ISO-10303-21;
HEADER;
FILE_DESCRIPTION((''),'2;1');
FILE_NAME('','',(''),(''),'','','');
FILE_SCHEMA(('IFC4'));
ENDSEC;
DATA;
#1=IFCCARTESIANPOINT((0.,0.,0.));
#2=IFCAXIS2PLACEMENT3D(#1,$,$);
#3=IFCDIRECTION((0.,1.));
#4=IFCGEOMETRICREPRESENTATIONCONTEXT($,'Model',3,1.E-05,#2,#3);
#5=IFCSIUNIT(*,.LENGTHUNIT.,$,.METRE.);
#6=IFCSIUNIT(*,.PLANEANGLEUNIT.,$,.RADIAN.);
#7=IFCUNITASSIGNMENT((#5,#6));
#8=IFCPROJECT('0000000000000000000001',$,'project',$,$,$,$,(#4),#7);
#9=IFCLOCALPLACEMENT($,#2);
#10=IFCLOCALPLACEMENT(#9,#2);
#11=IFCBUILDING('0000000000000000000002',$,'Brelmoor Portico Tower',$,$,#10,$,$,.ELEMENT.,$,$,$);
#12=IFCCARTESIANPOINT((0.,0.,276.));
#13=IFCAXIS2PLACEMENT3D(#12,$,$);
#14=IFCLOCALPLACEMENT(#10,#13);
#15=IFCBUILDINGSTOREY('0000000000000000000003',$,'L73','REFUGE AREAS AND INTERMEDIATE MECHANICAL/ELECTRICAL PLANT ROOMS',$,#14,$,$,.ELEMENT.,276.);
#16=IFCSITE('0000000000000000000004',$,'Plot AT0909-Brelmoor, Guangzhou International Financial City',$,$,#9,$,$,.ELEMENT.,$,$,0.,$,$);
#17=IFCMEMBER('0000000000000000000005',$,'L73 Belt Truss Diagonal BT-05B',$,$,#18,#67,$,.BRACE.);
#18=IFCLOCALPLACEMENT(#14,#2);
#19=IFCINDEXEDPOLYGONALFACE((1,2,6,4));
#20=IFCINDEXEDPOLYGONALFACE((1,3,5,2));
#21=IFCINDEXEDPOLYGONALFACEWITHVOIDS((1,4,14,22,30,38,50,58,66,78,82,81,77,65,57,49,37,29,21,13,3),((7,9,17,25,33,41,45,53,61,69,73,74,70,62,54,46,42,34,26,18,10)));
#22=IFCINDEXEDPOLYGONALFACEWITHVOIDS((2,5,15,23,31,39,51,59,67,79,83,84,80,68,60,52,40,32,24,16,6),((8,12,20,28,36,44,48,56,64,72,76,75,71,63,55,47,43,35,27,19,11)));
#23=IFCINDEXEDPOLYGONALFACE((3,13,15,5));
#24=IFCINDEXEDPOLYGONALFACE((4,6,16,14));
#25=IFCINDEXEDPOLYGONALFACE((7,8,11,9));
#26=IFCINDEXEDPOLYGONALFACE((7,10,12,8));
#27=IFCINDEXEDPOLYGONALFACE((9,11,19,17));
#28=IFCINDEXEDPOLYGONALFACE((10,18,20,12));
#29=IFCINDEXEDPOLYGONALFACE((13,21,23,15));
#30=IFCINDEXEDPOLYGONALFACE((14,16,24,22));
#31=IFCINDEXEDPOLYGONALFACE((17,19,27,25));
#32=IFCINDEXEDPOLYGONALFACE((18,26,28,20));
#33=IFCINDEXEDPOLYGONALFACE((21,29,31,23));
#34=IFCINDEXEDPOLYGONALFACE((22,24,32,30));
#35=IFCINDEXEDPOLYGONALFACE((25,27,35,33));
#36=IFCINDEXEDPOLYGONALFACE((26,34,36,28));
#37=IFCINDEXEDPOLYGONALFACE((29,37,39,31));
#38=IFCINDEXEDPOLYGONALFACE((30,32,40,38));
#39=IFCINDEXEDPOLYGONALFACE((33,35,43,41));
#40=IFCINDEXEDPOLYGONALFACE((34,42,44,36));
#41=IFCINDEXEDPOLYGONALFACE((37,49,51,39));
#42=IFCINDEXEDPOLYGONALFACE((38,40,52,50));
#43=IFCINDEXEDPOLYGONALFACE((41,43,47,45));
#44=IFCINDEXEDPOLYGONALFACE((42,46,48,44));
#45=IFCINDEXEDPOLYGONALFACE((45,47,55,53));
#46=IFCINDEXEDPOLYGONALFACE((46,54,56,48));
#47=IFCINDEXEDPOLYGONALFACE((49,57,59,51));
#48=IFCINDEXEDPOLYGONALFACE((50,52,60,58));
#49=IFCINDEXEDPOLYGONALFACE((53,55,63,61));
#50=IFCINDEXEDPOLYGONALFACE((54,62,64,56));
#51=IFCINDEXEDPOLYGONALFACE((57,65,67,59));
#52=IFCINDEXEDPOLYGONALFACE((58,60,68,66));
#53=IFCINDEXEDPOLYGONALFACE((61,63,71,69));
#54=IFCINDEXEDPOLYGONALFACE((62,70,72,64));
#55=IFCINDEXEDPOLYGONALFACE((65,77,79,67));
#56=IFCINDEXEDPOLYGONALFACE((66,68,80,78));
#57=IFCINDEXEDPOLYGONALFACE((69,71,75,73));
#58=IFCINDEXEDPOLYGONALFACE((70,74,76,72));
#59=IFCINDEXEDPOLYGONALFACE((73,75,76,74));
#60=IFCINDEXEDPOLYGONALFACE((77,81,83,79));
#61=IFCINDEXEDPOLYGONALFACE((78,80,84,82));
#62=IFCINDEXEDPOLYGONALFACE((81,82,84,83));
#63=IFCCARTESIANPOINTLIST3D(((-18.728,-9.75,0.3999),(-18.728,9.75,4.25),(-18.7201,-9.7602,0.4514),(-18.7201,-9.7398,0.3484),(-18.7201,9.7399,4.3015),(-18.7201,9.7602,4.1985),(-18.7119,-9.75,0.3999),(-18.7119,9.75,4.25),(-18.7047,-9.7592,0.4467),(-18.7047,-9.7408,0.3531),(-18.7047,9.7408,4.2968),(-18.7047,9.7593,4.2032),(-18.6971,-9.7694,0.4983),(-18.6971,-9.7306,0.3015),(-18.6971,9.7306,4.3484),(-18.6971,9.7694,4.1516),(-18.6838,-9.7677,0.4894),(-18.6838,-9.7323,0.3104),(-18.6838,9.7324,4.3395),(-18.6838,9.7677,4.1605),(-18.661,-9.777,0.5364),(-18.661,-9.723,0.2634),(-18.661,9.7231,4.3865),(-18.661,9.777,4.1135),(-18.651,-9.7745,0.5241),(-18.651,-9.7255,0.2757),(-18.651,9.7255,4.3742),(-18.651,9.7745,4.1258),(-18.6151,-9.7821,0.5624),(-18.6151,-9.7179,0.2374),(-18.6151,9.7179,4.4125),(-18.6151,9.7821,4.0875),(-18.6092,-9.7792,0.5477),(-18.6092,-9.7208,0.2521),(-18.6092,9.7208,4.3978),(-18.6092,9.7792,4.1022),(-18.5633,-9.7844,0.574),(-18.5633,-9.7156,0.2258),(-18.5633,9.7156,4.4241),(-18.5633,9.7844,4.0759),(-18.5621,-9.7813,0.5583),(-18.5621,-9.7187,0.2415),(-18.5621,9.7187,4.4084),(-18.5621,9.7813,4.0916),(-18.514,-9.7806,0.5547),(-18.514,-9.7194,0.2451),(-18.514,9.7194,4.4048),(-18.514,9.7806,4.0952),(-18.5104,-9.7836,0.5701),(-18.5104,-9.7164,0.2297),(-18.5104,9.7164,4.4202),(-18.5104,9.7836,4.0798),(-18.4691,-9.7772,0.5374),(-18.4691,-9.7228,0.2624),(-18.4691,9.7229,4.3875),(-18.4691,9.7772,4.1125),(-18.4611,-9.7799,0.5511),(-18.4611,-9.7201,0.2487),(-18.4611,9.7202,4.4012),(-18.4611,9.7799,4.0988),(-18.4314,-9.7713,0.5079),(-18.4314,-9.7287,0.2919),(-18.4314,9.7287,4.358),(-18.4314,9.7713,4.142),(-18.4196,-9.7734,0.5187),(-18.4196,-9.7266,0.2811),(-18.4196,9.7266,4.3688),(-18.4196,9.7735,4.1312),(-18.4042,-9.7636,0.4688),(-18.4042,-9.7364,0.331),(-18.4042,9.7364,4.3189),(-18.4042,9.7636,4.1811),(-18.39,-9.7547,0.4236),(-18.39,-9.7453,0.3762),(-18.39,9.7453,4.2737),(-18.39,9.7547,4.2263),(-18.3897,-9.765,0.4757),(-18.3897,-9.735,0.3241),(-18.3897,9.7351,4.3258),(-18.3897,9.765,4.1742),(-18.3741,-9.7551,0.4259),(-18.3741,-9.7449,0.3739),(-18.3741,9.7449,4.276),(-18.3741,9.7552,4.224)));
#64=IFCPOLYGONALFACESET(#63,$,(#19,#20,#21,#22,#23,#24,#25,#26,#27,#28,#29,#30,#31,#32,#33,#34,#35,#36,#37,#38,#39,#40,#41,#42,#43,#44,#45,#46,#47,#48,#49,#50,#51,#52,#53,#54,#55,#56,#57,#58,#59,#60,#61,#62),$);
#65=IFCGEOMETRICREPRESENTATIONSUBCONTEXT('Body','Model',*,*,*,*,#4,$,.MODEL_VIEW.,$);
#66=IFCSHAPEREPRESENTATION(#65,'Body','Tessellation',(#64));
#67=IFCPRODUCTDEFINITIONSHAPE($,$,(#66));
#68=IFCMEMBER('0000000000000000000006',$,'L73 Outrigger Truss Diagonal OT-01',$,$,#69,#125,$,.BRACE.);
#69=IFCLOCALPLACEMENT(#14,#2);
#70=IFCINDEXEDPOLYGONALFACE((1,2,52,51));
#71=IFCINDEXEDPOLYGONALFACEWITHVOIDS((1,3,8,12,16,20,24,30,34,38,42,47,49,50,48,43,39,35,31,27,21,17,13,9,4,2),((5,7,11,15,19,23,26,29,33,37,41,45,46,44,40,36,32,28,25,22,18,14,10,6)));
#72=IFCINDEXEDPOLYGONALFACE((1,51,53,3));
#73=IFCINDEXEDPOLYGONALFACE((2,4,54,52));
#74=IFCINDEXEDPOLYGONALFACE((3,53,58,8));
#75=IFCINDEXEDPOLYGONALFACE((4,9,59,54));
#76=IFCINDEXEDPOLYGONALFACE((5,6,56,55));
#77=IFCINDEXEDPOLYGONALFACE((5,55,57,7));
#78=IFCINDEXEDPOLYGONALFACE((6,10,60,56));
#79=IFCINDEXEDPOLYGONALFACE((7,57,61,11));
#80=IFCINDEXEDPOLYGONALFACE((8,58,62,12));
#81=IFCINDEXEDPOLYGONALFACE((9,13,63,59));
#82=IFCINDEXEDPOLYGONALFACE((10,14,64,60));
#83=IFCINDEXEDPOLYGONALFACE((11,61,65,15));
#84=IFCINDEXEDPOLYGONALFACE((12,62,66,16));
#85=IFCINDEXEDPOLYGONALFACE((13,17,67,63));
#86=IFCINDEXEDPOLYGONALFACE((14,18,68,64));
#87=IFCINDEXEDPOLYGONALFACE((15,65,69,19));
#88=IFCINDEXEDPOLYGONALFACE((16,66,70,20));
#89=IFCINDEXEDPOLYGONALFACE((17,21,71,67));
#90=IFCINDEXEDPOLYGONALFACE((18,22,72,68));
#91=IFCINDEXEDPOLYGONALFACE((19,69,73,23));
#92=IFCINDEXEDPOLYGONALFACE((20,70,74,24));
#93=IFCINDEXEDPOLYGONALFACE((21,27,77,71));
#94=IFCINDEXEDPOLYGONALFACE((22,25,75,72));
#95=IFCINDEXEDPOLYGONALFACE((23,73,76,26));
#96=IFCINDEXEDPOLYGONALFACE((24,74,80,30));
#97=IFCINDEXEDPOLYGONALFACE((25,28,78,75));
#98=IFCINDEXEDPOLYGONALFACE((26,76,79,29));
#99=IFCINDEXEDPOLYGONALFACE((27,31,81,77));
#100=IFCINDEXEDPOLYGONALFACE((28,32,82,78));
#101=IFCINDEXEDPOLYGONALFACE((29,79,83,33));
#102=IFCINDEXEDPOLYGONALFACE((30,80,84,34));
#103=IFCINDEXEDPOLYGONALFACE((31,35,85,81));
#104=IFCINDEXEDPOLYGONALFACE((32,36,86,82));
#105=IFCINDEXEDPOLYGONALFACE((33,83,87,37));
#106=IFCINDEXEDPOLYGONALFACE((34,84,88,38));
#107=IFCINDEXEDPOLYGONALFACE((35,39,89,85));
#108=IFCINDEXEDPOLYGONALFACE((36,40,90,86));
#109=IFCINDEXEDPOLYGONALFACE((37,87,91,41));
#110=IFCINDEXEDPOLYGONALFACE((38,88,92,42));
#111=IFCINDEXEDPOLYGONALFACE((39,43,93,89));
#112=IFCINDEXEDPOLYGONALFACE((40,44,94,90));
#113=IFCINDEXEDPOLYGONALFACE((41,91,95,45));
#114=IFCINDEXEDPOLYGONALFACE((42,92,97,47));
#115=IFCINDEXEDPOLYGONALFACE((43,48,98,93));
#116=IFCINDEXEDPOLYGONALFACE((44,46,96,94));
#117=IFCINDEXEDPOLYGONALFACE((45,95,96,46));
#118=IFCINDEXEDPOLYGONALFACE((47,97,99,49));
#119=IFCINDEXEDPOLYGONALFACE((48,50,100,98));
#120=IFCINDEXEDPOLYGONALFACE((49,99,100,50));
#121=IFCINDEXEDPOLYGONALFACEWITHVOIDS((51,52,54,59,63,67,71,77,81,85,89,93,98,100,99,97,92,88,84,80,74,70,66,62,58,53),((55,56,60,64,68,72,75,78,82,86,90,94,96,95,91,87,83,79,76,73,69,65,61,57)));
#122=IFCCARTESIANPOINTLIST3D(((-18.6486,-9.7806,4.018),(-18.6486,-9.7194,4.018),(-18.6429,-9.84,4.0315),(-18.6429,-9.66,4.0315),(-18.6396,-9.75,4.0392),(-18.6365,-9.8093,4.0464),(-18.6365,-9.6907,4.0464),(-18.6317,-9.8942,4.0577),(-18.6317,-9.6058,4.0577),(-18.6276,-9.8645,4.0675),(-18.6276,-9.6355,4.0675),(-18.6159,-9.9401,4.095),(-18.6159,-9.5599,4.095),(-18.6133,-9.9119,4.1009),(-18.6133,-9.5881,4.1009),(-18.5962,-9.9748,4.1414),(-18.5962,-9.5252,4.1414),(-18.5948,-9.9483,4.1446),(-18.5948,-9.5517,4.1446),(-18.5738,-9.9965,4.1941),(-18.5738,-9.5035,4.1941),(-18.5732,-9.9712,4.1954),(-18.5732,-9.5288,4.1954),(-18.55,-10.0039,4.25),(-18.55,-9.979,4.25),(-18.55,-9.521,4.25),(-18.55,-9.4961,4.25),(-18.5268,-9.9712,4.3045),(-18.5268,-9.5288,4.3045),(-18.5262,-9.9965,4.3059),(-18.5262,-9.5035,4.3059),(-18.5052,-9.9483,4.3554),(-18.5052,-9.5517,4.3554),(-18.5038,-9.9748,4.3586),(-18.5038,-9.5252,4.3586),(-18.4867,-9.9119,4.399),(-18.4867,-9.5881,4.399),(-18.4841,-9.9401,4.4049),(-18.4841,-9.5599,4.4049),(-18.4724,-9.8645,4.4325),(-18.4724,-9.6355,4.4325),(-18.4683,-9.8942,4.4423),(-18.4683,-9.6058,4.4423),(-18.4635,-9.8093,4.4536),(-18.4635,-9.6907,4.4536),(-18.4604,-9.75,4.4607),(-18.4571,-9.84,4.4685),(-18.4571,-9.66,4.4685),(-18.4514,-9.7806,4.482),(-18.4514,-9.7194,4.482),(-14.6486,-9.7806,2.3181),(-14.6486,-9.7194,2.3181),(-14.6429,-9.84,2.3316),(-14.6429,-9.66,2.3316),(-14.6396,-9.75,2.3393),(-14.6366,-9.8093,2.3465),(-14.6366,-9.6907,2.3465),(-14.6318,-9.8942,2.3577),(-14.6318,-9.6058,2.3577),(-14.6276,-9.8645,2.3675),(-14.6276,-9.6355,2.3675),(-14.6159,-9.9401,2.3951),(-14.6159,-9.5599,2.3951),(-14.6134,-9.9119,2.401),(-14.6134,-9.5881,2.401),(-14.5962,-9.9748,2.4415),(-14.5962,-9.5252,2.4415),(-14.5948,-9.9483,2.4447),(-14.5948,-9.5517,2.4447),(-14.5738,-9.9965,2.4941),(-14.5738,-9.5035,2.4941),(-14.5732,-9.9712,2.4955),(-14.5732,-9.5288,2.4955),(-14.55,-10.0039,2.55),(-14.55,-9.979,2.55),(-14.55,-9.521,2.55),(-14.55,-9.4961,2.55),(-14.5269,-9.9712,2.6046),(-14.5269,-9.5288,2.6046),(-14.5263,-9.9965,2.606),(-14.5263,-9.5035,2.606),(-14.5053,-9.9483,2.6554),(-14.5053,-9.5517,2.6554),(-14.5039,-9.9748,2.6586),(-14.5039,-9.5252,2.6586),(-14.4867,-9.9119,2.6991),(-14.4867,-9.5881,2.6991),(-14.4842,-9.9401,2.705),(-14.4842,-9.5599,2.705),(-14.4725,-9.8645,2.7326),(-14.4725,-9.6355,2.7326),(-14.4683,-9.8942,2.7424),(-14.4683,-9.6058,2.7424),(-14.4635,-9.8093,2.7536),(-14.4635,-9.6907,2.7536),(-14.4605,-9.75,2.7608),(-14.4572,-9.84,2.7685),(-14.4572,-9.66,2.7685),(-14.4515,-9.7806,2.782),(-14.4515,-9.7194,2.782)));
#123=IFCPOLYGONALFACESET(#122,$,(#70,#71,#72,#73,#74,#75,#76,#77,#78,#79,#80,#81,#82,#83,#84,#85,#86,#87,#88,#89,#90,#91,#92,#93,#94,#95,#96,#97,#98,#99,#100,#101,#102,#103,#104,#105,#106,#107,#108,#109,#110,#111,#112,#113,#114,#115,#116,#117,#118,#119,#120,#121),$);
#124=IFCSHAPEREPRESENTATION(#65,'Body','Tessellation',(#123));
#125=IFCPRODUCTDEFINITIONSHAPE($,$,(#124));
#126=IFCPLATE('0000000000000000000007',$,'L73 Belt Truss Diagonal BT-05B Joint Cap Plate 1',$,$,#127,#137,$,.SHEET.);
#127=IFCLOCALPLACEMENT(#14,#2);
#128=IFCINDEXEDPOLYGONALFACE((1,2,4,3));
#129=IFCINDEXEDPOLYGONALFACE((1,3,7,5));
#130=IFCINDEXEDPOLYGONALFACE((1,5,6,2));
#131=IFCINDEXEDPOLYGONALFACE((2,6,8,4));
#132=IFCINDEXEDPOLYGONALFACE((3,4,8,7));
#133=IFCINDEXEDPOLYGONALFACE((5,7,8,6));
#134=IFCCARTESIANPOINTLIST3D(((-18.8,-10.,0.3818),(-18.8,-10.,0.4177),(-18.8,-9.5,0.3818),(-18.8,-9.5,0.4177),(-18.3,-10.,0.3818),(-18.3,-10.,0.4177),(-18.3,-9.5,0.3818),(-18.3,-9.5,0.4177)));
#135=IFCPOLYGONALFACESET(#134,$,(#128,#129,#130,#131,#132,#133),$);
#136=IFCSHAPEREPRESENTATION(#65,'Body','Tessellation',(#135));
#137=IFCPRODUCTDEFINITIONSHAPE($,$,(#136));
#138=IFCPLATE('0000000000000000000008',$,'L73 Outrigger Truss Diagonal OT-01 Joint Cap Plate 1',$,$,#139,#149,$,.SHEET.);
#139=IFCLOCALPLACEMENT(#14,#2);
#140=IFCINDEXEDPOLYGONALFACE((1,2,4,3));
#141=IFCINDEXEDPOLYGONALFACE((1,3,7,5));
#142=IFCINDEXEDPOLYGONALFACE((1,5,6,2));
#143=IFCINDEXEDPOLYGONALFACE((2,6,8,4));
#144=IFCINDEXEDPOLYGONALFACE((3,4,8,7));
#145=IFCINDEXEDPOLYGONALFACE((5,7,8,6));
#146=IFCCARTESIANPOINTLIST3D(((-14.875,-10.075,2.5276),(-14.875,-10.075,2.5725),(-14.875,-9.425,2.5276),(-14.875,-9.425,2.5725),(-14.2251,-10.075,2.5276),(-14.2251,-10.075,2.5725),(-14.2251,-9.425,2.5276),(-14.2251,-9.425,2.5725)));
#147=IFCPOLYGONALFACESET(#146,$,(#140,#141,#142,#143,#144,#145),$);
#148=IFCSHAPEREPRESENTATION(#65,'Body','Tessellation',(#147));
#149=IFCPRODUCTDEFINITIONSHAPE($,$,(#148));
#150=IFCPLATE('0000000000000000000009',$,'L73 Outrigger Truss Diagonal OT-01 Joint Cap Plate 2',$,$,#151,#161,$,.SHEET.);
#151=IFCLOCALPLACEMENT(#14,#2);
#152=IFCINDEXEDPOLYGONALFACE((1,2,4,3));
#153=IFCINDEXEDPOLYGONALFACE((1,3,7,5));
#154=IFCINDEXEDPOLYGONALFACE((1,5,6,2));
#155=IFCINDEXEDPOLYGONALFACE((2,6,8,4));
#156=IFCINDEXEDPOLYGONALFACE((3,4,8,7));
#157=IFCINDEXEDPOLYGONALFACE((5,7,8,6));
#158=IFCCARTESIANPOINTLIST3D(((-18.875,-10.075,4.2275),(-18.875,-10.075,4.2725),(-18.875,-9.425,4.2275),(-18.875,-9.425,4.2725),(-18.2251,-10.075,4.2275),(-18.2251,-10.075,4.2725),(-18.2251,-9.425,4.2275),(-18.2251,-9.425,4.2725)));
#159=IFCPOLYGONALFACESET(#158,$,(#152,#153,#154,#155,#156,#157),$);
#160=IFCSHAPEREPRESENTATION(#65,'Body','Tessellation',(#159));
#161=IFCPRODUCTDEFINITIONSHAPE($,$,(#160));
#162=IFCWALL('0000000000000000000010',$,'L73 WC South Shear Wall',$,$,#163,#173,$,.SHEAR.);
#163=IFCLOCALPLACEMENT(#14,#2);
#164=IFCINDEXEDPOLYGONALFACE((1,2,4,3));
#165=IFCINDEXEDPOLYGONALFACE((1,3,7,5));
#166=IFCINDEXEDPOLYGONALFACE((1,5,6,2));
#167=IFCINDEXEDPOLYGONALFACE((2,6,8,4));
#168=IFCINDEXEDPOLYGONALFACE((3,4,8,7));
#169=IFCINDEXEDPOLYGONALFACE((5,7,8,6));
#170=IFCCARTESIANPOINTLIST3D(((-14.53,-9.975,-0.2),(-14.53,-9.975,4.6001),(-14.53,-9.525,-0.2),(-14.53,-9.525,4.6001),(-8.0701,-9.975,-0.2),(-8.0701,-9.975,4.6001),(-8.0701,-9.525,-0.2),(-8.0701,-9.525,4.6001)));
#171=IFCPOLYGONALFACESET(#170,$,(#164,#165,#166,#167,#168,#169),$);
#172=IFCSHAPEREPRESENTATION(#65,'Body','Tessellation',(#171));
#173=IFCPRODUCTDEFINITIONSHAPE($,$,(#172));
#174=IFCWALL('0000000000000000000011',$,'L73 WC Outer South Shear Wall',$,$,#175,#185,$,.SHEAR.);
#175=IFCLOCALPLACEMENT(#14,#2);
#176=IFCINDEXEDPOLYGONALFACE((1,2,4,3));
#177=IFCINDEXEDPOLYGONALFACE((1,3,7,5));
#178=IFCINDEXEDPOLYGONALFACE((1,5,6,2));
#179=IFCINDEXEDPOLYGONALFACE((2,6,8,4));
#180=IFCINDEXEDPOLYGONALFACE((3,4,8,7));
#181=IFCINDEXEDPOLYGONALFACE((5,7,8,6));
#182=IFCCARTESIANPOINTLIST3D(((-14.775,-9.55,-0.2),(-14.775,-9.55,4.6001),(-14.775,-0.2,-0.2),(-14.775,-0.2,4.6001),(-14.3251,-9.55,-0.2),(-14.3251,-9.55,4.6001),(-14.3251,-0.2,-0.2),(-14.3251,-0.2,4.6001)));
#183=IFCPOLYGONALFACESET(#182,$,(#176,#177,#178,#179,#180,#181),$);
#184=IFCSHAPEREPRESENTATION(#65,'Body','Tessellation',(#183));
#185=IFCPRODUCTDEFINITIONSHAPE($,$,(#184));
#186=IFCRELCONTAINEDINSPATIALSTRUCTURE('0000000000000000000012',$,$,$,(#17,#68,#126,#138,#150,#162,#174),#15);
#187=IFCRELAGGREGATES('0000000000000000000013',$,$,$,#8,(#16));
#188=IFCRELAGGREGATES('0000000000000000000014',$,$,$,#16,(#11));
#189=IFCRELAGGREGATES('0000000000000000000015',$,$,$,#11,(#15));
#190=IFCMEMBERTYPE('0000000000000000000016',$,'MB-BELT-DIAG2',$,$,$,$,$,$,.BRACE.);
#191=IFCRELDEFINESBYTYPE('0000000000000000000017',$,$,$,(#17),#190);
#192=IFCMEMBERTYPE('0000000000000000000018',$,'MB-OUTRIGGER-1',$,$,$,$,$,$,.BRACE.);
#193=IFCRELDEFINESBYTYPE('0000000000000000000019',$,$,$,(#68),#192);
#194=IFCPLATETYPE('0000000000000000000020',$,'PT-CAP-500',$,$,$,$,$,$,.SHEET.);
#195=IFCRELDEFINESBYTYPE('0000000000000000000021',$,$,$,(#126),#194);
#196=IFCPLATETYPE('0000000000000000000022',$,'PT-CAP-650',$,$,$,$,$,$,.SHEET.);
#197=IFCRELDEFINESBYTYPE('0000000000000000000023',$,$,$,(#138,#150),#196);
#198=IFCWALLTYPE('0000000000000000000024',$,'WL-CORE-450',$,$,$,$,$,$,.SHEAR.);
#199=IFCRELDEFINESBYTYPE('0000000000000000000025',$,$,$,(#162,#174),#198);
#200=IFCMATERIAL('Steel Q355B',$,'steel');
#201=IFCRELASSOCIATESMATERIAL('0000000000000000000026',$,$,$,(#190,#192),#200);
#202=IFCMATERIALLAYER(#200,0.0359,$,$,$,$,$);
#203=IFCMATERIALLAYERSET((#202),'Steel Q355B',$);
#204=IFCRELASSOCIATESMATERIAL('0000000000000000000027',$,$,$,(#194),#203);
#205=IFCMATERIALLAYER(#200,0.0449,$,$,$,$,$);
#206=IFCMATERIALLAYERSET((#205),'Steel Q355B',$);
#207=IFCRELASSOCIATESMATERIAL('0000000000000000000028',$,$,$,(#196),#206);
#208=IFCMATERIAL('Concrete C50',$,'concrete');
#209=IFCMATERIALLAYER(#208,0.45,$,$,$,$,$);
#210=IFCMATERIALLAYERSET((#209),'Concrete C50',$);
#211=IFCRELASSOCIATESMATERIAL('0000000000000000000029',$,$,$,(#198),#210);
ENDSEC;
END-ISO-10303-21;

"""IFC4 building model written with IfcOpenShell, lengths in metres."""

from ifc_helpers import new_model, si_unit, direction, frame, frame_2d, origin, origin_2d, place, context, subcontext, project, spatial, rectangle, hollow_circle, extrude, material, layer, layer_set, material_profile, profile_set, type_object, element, save


model = new_model("IFC4")

# Units and contexts
model_context = context("Model", 3, precision=1e-05, world=origin(), true_north=direction((0.0, 1.0)))
body_context = subcontext(model_context, "Body", "Model", "MODEL_VIEW")
ifc_project = project(units=[si_unit("LENGTHUNIT", "METRE"), si_unit("PLANEANGLEUNIT", "RADIAN")], contexts=[model_context])

# Site, building, storey
site_placement = place(None, origin())
site = spatial("IfcSite", under=ifc_project, at=site_placement, Name="Plot AT0909-Brelmoor, Guangzhou International Financial City", CompositionType="ELEMENT", RefElevation=0.0)
building_placement = place(site_placement, origin())
building = spatial("IfcBuilding", under=site, at=building_placement, Name="Brelmoor Portico Tower", CompositionType="ELEMENT")
storey_placement = place(building_placement, frame((0.0, 0.0, 276.0)))
storey = spatial("IfcBuildingStorey", under=building, at=storey_placement, Name="L73", Description="REFUGE AREAS AND INTERMEDIATE MECHANICAL/ELECTRICAL PLANT ROOMS", CompositionType="ELEMENT", Elevation=276.0)

# Shared definitions
ifc_material_1 = material(Name="Steel Q355B", Category="steel")

# Members
ifc_material_profile_1 = material_profile(ifc_material_1, hollow_circle(Radius=0.178, WallThickness=0.0161, at=origin_2d()), Name="CHS 356x16")
ifc_profile_set_1 = profile_set([ifc_material_profile_1], Name="Steel Q355B")
member_type_1 = type_object("IfcMemberType", Name="MB-BELT-DIAG2", PredefinedType="BRACE", material=ifc_profile_set_1)
member_1_placement = place(storey_placement, frame((-18.55, -9.75, 0.3999), z_axis=(0.0, 0.981061, 0.193701), x_axis=(-1.0, 0.0, 0.0)))
element("IfcMember", 1, at=member_1_placement, inside=storey, type_object=member_type_1, Name="L73 Belt Truss Diagonal BT-05B", PredefinedType="BRACE", context=body_context, shape_type="SweptSolid", body=[
    extrude(hollow_circle(Radius=0.178, WallThickness=0.0161, at=origin_2d()), origin(), (0.0, 0.0, 1.0), 19.8765),
])
ifc_material_profile_2 = material_profile(ifc_material_1, hollow_circle(Radius=0.2539, WallThickness=0.0249, at=origin_2d()), Name="CHS 508x25")
ifc_profile_set_2 = profile_set([ifc_material_profile_2], Name="Steel Q355B")
member_type_2 = type_object("IfcMemberType", Name="MB-OUTRIGGER-1", PredefinedType="BRACE", material=ifc_profile_set_2)
member_2_placement = place(storey_placement, frame((-14.55, -9.75, 2.55), z_axis=(-0.920335, 0.0, 0.391131), x_axis=(0.0, -1.0, 0.0)))
element("IfcMember", 2, at=member_2_placement, inside=storey, type_object=member_type_2, Name="L73 Outrigger Truss Diagonal OT-01", PredefinedType="BRACE", context=body_context, shape_type="SweptSolid", body=[
    extrude(hollow_circle(Radius=0.2539, WallThickness=0.0249, at=origin_2d()), origin(), (0.0, 0.0, 1.0), 4.3462),
])

# Plates
ifc_layer_1 = layer(ifc_material_1, 0.0359)
ifc_layer_set_1 = layer_set([ifc_layer_1], Name="Steel Q355B")
plate_type_1 = type_object("IfcPlateType", Name="PT-CAP-500", PredefinedType="SHEET", material=ifc_layer_set_1)
plate_placement = place(storey_placement, frame((-18.55, -9.75, 0.3818), z_axis=(0.0, 0.0, 1.0), x_axis=(1.0, 0.0, 0.0)))
element("IfcPlate", 3, at=plate_placement, inside=storey, type_object=plate_type_1, Name="L73 Belt Truss Diagonal BT-05B Joint Cap Plate 1", PredefinedType="SHEET", context=body_context, shape_type="SweptSolid", body=[
    extrude(rectangle(XDim=0.5, YDim=0.5, at=origin_2d()), origin(), (0.0, 0.0, 1.0), 0.0359),
])
ifc_layer_2 = layer(ifc_material_1, 0.0449)
ifc_layer_set_2 = layer_set([ifc_layer_2], Name="Steel Q355B")
plate_type_2 = type_object("IfcPlateType", Name="PT-CAP-650", PredefinedType="SHEET", material=ifc_layer_set_2)
for number, where, z_axis, x_axis, name in (
    (4, (-14.55, -9.75, 2.5276), (0.0, 0.0, 1.0), (1.0, 0.0, 0.0), "L73 Outrigger Truss Diagonal OT-01 Joint Cap Plate 1"),
    (5, (-18.55, -9.75, 4.2275), (0.0, 0.0, 1.0), (1.0, 0.0, 0.0), "L73 Outrigger Truss Diagonal OT-01 Joint Cap Plate 2"),
):
    element("IfcPlate", number, at=place(storey_placement, frame(where, z_axis=z_axis, x_axis=x_axis)), inside=storey, type_object=plate_type_2, Name=name, PredefinedType="SHEET", context=body_context, shape_type="SweptSolid", body=[
        extrude(rectangle(XDim=0.6499, YDim=0.6499, at=origin_2d()), origin(), (0.0, 0.0, 1.0), 0.0449),
    ])

# Walls
ifc_material_2 = material(Name="Concrete C50", Category="concrete")
ifc_layer_3 = layer(ifc_material_2, 0.45)
ifc_layer_set_3 = layer_set([ifc_layer_3], Name="Concrete C50")
wall_type_1 = type_object("IfcWallType", Name="WL-CORE-450", PredefinedType="SHEAR", material=ifc_layer_set_3)
wall_1_placement = place(storey_placement, frame((-14.53, -9.75, -0.2), z_axis=(0.0, 0.0, 1.0), x_axis=(1.0, 0.0, 0.0)))
element("IfcWall", 6, at=wall_1_placement, inside=storey, type_object=wall_type_1, Name="L73 WC South Shear Wall", PredefinedType="SHEAR", context=body_context, shape_type="SweptSolid", body=[
    extrude(rectangle(XDim=6.46, YDim=0.45, at=frame_2d((3.23, 0.0))), origin(), (0.0, 0.0, 1.0), 4.8),
])
wall_2_placement = place(storey_placement, frame((-14.55, -9.55, -0.2), z_axis=(0.0, 0.0, 1.0), x_axis=(0.0, 1.0, 0.0)))
element("IfcWall", 7, at=wall_2_placement, inside=storey, type_object=wall_type_1, Name="L73 WC Outer South Shear Wall", PredefinedType="SHEAR", context=body_context, shape_type="SweptSolid", body=[
    extrude(rectangle(XDim=9.3501, YDim=0.45, at=frame_2d((4.675, 0.0))), origin(), (0.0, 0.0, 1.0), 4.8),
])

save(model, "model.ifc")
